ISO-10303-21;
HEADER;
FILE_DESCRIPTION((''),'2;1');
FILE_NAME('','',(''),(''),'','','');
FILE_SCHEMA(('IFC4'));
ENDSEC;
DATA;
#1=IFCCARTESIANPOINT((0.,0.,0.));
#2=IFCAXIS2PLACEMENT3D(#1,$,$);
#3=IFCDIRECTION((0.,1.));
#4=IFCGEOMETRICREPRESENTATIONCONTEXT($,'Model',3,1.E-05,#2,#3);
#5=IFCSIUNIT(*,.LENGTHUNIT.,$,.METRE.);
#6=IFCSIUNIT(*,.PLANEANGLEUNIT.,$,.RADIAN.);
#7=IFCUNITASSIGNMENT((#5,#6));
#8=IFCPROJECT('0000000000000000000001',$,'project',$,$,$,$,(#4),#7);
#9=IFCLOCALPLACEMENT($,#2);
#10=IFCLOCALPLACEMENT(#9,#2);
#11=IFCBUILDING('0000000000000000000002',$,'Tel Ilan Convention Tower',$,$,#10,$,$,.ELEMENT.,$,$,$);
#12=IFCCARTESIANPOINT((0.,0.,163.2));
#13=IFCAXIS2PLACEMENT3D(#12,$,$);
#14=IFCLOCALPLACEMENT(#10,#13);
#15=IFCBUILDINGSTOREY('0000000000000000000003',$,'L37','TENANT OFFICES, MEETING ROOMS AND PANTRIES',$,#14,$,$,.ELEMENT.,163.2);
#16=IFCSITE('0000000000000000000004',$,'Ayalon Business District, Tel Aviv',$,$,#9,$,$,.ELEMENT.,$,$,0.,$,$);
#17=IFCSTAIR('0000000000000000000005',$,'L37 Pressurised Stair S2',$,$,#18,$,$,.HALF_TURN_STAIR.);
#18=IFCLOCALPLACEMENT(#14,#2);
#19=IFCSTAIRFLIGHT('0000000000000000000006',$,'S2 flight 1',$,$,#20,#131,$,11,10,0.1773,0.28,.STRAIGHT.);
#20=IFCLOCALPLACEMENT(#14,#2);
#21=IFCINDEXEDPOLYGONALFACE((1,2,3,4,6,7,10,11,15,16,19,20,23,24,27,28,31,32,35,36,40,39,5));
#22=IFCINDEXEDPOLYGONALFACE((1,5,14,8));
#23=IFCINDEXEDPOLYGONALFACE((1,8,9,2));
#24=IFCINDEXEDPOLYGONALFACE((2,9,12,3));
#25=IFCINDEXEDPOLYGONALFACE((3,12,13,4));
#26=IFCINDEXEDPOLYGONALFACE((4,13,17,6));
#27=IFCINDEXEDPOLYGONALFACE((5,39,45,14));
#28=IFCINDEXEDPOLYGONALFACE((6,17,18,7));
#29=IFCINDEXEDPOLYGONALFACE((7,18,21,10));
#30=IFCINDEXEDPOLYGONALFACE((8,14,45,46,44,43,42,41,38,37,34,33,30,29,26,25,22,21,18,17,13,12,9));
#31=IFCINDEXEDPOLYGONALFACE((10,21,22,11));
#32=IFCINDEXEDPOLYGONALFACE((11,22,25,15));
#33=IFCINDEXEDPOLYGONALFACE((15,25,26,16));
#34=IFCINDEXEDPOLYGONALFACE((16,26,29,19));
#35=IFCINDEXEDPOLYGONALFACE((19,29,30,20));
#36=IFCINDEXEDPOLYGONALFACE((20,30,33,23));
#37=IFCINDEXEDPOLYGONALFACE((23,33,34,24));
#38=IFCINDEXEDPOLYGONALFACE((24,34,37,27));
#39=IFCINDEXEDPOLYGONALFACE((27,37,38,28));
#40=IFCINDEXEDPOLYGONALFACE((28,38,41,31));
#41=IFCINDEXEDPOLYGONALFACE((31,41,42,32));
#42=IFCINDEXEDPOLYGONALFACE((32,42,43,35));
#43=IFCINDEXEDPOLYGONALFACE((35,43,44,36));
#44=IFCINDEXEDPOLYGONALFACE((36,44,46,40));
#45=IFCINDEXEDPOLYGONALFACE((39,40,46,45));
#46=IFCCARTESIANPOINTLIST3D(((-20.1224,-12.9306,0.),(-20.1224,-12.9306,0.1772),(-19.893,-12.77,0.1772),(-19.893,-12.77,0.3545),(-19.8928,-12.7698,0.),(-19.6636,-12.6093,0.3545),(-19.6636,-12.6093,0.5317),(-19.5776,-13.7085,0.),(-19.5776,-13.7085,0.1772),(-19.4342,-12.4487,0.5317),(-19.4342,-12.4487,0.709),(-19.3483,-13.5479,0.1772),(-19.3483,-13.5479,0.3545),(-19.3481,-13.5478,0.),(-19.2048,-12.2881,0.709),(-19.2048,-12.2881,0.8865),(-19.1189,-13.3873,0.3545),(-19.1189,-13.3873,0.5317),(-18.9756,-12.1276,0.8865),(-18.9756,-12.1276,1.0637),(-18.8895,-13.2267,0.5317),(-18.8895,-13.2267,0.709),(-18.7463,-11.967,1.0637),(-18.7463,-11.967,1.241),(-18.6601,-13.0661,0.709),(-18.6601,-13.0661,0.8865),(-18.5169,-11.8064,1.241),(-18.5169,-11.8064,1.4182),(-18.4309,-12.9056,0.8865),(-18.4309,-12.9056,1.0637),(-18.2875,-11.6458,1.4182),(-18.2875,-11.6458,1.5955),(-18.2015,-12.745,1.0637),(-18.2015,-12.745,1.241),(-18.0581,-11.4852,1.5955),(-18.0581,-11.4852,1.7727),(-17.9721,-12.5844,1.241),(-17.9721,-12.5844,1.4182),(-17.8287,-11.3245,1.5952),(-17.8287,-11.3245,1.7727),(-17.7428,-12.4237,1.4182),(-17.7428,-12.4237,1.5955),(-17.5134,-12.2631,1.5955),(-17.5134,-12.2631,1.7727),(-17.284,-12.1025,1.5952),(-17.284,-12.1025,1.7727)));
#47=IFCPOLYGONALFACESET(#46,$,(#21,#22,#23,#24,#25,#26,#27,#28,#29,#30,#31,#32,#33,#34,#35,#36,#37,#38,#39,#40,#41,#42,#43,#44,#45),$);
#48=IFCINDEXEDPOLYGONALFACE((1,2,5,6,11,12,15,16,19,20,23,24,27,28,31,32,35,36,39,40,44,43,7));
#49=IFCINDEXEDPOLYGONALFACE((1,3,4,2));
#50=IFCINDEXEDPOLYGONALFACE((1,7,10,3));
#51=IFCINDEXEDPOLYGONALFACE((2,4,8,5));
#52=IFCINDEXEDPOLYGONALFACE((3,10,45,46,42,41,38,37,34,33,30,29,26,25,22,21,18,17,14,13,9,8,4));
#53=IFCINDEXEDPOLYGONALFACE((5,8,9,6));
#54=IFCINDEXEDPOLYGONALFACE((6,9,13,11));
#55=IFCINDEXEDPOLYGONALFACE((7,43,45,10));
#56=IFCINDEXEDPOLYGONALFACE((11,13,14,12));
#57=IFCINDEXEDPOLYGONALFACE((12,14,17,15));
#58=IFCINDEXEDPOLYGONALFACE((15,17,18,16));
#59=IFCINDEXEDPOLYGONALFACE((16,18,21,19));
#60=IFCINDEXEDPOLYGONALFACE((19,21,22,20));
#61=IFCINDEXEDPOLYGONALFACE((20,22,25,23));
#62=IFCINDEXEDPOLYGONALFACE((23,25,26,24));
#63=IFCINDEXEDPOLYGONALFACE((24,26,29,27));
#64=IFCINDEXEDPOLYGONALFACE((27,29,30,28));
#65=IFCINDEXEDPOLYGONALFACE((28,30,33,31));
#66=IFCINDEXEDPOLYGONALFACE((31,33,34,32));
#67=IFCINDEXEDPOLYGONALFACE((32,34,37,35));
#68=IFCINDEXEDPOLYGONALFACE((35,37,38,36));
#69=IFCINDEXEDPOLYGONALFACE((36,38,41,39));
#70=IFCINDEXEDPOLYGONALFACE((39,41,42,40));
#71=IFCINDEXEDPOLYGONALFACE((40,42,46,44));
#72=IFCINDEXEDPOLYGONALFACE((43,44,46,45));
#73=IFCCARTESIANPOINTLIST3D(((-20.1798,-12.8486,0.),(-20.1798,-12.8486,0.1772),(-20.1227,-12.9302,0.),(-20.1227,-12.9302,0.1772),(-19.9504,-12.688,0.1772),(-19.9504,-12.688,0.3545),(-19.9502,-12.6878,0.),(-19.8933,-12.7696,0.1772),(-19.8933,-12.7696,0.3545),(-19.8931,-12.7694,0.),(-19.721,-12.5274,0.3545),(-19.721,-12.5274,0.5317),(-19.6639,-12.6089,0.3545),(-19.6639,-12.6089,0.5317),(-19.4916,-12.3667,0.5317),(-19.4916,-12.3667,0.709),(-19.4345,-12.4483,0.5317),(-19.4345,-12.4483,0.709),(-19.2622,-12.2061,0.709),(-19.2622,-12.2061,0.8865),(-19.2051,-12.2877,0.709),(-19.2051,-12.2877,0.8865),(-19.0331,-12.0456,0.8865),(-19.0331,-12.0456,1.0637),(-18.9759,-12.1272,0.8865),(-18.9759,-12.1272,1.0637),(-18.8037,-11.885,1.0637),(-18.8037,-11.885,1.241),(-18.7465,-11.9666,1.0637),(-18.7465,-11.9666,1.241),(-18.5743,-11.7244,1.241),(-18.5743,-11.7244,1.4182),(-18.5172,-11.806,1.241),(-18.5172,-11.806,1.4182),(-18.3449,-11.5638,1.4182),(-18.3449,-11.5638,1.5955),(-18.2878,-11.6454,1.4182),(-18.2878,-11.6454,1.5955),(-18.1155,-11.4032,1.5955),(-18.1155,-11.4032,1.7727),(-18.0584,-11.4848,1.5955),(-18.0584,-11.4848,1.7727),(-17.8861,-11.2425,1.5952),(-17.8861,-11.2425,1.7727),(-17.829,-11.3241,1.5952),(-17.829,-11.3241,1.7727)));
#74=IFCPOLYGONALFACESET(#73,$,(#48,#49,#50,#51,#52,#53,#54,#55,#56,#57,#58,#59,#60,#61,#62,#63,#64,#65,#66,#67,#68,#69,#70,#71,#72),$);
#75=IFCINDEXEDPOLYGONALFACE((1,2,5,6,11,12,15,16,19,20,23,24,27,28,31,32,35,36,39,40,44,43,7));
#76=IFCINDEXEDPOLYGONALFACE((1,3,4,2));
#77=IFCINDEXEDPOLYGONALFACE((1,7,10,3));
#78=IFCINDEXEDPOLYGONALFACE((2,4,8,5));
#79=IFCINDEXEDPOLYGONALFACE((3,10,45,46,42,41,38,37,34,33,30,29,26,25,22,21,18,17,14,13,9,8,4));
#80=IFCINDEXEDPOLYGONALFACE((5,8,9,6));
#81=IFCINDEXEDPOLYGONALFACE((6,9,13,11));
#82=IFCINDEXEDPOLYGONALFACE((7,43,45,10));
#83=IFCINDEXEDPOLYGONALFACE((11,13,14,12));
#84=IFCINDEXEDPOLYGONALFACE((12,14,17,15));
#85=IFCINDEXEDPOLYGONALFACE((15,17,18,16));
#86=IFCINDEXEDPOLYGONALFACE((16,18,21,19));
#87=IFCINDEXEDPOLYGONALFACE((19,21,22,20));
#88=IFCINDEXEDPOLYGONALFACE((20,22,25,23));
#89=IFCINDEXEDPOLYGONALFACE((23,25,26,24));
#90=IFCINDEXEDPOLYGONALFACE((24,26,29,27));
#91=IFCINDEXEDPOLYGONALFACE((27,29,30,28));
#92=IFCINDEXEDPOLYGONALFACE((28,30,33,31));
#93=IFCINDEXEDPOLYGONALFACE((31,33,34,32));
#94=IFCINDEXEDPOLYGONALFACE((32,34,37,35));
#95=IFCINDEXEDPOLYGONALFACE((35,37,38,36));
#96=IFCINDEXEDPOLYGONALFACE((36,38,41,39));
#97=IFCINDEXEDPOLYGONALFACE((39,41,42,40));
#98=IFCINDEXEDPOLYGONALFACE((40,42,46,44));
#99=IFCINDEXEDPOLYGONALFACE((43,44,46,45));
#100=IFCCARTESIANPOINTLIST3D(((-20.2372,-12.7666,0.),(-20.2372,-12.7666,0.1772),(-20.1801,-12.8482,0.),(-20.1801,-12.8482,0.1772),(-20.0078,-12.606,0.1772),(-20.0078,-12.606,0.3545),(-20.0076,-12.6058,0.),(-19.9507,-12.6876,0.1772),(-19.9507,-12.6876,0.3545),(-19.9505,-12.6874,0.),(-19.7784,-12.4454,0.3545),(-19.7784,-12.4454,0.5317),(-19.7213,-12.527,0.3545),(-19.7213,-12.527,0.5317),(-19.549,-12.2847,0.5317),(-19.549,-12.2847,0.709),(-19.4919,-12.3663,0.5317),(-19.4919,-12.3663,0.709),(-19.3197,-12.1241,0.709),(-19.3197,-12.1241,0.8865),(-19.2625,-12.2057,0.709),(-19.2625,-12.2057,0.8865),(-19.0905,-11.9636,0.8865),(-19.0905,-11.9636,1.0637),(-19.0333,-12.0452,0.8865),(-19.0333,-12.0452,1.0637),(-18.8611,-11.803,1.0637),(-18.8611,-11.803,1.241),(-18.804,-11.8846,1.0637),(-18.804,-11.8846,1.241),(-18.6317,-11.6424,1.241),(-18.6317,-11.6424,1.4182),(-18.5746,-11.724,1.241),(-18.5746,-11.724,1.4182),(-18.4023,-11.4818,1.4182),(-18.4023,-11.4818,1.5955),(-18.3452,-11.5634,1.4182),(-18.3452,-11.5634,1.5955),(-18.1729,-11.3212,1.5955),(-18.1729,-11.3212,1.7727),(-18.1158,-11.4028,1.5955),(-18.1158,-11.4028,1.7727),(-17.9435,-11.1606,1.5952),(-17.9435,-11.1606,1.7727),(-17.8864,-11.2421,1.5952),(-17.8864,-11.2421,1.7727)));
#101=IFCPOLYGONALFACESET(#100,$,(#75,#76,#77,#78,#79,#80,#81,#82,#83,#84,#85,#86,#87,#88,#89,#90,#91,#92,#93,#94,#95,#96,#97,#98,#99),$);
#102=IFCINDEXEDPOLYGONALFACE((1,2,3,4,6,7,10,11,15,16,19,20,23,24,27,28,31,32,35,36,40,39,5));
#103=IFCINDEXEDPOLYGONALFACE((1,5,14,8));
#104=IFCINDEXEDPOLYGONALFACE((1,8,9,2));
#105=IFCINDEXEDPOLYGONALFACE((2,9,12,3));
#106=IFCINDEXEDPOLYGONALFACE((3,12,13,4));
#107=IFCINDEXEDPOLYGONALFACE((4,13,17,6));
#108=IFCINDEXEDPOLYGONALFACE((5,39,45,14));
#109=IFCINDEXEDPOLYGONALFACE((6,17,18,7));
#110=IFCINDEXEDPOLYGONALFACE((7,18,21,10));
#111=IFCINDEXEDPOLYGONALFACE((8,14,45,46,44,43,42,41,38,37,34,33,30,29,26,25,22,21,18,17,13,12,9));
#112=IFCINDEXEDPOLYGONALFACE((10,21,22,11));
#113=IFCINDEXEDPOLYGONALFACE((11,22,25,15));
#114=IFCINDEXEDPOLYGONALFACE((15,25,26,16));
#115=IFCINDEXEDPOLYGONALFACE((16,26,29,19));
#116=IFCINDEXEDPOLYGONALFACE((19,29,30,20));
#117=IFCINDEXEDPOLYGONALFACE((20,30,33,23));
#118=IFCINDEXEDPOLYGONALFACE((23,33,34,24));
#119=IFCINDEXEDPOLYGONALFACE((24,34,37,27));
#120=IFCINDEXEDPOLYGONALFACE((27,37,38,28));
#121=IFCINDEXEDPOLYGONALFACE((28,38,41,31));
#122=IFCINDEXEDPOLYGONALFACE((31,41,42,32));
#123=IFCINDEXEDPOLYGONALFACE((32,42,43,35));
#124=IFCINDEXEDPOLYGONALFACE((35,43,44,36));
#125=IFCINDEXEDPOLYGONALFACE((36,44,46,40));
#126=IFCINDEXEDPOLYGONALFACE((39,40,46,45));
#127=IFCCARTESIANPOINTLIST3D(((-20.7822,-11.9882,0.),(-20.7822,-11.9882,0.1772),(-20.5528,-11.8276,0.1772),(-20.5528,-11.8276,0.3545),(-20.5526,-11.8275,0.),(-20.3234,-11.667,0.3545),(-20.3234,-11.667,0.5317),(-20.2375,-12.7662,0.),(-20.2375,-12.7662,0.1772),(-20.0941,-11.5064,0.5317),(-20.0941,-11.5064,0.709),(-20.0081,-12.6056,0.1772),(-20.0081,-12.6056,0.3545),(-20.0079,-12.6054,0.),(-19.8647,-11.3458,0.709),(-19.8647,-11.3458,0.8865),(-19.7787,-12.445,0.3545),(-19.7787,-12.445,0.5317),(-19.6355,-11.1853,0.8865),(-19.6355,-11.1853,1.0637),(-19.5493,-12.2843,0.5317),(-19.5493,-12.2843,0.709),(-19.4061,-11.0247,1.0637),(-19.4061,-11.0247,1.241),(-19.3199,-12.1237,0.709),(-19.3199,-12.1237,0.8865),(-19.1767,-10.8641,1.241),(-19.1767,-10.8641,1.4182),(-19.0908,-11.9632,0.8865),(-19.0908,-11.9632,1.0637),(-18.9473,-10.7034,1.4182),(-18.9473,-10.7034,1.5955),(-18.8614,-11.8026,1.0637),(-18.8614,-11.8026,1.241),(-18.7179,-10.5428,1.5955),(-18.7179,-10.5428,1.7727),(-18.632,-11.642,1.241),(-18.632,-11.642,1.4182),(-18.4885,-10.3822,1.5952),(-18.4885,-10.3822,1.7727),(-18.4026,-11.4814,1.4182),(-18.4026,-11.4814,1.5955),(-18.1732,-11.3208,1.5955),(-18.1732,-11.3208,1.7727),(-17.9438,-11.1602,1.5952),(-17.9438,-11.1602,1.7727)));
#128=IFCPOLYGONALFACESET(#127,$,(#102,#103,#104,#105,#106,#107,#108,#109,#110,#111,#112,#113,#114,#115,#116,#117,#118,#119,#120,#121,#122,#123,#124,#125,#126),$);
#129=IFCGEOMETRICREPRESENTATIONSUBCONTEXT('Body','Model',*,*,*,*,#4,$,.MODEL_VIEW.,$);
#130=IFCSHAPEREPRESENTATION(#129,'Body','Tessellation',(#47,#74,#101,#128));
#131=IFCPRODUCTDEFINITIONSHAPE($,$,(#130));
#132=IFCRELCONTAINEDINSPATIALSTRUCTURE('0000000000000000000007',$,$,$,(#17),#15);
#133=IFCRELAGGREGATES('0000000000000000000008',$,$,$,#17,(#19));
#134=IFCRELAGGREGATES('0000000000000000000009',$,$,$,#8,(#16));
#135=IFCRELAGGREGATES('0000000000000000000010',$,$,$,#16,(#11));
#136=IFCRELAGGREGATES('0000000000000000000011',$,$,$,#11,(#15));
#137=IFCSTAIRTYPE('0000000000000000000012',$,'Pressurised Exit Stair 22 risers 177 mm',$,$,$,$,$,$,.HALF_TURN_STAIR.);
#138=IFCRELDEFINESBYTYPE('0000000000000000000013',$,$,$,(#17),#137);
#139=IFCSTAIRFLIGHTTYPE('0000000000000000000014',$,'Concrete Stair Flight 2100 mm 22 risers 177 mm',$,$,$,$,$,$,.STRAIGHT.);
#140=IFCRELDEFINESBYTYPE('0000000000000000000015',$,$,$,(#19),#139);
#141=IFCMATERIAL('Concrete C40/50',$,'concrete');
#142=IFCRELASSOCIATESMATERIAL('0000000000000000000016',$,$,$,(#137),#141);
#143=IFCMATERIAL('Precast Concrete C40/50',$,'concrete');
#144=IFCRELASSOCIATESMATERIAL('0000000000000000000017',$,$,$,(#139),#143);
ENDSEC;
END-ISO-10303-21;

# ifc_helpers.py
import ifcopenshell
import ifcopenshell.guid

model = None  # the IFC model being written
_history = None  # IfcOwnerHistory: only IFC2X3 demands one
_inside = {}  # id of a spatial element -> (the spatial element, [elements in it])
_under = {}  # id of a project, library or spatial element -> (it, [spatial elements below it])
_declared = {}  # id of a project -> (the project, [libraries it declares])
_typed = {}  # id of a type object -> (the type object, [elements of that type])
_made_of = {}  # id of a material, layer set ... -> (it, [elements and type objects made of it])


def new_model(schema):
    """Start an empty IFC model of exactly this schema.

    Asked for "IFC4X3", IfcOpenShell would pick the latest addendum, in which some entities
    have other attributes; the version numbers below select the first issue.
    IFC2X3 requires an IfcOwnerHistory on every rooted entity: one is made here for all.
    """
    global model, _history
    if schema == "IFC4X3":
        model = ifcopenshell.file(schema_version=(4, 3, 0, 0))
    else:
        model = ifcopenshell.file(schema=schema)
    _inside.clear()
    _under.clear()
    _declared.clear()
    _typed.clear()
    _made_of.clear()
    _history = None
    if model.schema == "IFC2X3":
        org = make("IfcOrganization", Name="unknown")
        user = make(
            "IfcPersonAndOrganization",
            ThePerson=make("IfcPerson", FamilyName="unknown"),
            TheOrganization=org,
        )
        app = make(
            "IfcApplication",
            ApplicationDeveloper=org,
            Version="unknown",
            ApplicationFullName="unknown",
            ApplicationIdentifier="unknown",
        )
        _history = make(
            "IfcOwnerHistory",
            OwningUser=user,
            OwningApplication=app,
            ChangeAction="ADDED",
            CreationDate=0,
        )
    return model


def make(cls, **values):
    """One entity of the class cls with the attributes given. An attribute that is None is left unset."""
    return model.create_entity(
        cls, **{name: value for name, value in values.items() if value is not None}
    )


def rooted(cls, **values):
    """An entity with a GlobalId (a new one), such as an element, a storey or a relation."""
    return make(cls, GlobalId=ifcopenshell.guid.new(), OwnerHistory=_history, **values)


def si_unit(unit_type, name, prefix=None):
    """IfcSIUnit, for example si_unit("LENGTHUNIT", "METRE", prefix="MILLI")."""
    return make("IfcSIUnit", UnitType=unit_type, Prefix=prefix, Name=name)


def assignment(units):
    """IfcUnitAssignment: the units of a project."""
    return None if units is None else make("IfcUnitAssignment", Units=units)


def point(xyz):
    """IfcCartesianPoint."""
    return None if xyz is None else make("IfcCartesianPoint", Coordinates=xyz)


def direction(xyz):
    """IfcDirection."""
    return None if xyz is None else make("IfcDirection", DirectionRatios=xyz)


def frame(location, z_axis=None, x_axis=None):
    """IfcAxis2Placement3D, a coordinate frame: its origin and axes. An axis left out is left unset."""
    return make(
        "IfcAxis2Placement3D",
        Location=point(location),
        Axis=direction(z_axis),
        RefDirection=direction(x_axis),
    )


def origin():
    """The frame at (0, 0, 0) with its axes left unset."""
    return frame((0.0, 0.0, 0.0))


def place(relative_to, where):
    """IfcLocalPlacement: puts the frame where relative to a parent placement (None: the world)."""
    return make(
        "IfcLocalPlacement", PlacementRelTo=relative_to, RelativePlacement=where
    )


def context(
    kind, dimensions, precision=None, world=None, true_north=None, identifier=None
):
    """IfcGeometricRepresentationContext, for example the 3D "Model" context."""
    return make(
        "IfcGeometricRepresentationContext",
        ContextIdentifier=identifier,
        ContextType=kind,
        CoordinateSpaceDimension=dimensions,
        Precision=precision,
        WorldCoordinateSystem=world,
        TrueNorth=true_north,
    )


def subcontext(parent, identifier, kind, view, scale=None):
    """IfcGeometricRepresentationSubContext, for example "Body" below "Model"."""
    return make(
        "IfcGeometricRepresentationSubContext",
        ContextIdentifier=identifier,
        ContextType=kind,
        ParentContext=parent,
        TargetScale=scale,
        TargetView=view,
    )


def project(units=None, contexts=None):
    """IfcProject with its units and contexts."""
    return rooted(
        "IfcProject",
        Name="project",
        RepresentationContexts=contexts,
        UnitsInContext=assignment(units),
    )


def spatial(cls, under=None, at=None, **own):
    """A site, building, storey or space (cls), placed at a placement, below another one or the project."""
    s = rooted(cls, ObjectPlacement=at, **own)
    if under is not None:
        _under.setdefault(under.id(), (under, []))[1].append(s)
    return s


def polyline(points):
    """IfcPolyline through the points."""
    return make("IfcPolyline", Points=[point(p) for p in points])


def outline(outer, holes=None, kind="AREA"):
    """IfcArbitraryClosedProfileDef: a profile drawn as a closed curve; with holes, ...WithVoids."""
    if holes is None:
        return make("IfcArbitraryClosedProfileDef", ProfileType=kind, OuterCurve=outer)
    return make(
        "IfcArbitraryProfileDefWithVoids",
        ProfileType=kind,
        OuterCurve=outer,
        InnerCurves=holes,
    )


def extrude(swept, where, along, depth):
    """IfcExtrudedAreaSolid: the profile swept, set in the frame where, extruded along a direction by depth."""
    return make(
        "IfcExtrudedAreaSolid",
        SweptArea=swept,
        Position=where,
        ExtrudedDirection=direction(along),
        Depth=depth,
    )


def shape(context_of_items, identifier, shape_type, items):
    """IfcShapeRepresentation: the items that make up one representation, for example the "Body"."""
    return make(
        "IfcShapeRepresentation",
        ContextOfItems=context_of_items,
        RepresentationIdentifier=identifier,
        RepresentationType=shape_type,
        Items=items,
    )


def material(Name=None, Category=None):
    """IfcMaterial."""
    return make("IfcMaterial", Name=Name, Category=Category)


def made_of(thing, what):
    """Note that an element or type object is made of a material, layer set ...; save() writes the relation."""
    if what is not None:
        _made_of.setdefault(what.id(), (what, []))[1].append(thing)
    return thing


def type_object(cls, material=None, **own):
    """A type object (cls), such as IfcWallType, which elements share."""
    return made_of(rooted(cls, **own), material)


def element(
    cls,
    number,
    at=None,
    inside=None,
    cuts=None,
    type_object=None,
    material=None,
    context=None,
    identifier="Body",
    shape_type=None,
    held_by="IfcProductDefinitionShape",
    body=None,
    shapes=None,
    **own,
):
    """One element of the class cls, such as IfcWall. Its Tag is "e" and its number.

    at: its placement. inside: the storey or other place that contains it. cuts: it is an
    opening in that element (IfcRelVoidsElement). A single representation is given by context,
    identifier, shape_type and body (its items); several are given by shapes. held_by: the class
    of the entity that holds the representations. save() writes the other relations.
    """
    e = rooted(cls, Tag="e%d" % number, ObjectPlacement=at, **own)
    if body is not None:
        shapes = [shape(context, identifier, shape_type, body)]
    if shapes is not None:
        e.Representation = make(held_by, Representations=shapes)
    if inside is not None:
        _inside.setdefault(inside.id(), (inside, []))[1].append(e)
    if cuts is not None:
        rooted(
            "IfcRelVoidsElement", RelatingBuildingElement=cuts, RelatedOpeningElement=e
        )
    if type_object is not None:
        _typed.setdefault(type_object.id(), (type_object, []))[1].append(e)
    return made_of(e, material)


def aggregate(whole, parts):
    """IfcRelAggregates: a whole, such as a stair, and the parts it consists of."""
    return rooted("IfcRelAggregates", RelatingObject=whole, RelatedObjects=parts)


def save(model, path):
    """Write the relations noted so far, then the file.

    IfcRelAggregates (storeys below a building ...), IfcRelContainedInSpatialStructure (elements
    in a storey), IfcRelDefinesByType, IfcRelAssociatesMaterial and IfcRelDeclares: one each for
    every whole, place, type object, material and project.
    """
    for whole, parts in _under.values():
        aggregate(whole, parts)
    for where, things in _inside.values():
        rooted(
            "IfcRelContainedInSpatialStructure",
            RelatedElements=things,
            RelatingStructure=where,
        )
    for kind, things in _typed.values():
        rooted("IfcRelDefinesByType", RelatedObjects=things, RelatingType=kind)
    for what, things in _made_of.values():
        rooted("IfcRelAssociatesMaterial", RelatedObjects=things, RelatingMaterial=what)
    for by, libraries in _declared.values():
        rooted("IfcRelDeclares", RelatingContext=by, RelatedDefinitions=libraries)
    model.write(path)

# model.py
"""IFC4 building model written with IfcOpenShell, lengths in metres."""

from ifc_helpers import new_model, si_unit, direction, frame, origin, place, context, subcontext, project, spatial, polyline, outline, extrude, material, type_object, element, aggregate, save


model = new_model("IFC4")

# Units and contexts
model_context = context("Model", 3, precision=1e-05, world=origin(), true_north=direction((0.0, 1.0)))
body_context = subcontext(model_context, "Body", "Model", "MODEL_VIEW")
ifc_project = project(units=[si_unit("LENGTHUNIT", "METRE"), si_unit("PLANEANGLEUNIT", "RADIAN")], contexts=[model_context])

# Site, building, storey
site_placement = place(None, origin())
site = spatial("IfcSite", under=ifc_project, at=site_placement, Name="Ayalon Business District, Tel Aviv", CompositionType="ELEMENT", RefElevation=0.0)
building_placement = place(site_placement, origin())
building = spatial("IfcBuilding", under=site, at=building_placement, Name="Tel Ilan Convention Tower", CompositionType="ELEMENT")
storey_placement = place(building_placement, frame((0.0, 0.0, 163.2)))
storey = spatial("IfcBuildingStorey", under=building, at=storey_placement, Name="L37", Description="TENANT OFFICES, MEETING ROOMS AND PANTRIES", CompositionType="ELEMENT", Elevation=163.2)

# Stair, stair flight
ifc_material_1 = material(Name="Concrete C40/50", Category="concrete")
stair_type = type_object("IfcStairType", Name="Pressurised Exit Stair 22 risers 177 mm", PredefinedType="HALF_TURN_STAIR", material=ifc_material_1)
ifc_material_2 = material(Name="Precast Concrete C40/50", Category="concrete")
stair_flight_type = type_object("IfcStairFlightType", Name="Concrete Stair Flight 2100 mm 22 risers 177 mm", PredefinedType="STRAIGHT", material=ifc_material_2)
stair_1_placement = place(storey_placement, origin())
stair_1 = element("IfcStair", 1, at=stair_1_placement, inside=storey, type_object=stair_type, Name="L37 Pressurised Stair S2", PredefinedType="HALF_TURN_STAIR")
stair_flight_1_placement = place(storey_placement, frame((-20.1799, -12.8484, 0.0), z_axis=(0.0, 0.0, 1.0), x_axis=(0.819152, 0.573576, 0.0)))
stair_flight_1 = element("IfcStairFlight", 2, at=stair_flight_1_placement, type_object=stair_flight_type, Name="S2 flight 1", NumberOfRisers=11, NumberOfTreads=10, PredefinedType="STRAIGHT", RiserHeight=0.1773, TreadLength=0.28, context=body_context, shape_type="SweptSolid", body=[
    extrude(outline(polyline([(0.0, 0.0), (0.0, 0.1772), (0.28, 0.1772), (0.28, 0.3545), (0.5601, 0.3545), (0.5601, 0.5317), (0.8401, 0.5317), (0.8401, 0.709), (1.1201, 0.709), (1.1201, 0.8865), (1.3999, 0.8865), (1.3999, 1.0637), (1.6799, 1.0637), (1.6799, 1.241), (1.96, 1.241), (1.96, 1.4182), (2.24, 1.4182), (2.24, 1.5955), (2.52, 1.5955), (2.52, 1.7727), (2.8, 1.7727), (2.8, 1.95), (2.8, 1.5952), (0.2803, 0.0), (0.0, 0.0)])), frame((0.0, -0.1003, 0.0), z_axis=(0.0, -1.0, 0.0), x_axis=(1.0, 0.0, 0.0)), (0.0, 0.0, 1.0), 0.9497),
    extrude(outline(polyline([(0.0, 0.0), (0.0, 0.1772), (0.28, 0.1772), (0.28, 0.3545), (0.5601, 0.3545), (0.5601, 0.5317), (0.8401, 0.5317), (0.8401, 0.709), (1.1201, 0.709), (1.1201, 0.8865), (1.3999, 0.8865), (1.3999, 1.0637), (1.6799, 1.0637), (1.6799, 1.241), (1.96, 1.241), (1.96, 1.4182), (2.24, 1.4182), (2.24, 1.5955), (2.52, 1.5955), (2.52, 1.7727), (2.8, 1.7727), (2.8, 1.95), (2.8, 1.5952), (0.2803, 0.0), (0.0, 0.0)])), frame((0.0, -0.0002, 0.0), z_axis=(0.0, -1.0, 0.0), x_axis=(1.0, 0.0, 0.0)), (0.0, 0.0, 1.0), 0.0996),
    extrude(outline(polyline([(0.0, 0.0), (0.0, 0.1772), (0.28, 0.1772), (0.28, 0.3545), (0.5601, 0.3545), (0.5601, 0.5317), (0.8401, 0.5317), (0.8401, 0.709), (1.1201, 0.709), (1.1201, 0.8865), (1.3999, 0.8865), (1.3999, 1.0637), (1.6799, 1.0637), (1.6799, 1.241), (1.96, 1.241), (1.96, 1.4182), (2.24, 1.4182), (2.24, 1.5955), (2.52, 1.5955), (2.52, 1.7727), (2.8, 1.7727), (2.8, 1.95), (2.8, 1.5952), (0.2803, 0.0), (0.0, 0.0)])), frame((0.0, 0.0999, 0.0), z_axis=(0.0, -1.0, 0.0), x_axis=(1.0, 0.0, 0.0)), (0.0, 0.0, 1.0), 0.0996),
    extrude(outline(polyline([(0.0, 0.0), (0.0, 0.1772), (0.28, 0.1772), (0.28, 0.3545), (0.5601, 0.3545), (0.5601, 0.5317), (0.8401, 0.5317), (0.8401, 0.709), (1.1201, 0.709), (1.1201, 0.8865), (1.3999, 0.8865), (1.3999, 1.0637), (1.6799, 1.0637), (1.6799, 1.241), (1.96, 1.241), (1.96, 1.4182), (2.24, 1.4182), (2.24, 1.5955), (2.52, 1.5955), (2.52, 1.7727), (2.8, 1.7727), (2.8, 1.95), (2.8, 1.5952), (0.2803, 0.0), (0.0, 0.0)])), frame((0.0, 1.05, 0.0), z_axis=(0.0, -1.0, 0.0), x_axis=(1.0, 0.0, 0.0)), (0.0, 0.0, 1.0), 0.9497),
])
aggregate(stair_1, [stair_flight_1])

save(model, "model.ifc")
